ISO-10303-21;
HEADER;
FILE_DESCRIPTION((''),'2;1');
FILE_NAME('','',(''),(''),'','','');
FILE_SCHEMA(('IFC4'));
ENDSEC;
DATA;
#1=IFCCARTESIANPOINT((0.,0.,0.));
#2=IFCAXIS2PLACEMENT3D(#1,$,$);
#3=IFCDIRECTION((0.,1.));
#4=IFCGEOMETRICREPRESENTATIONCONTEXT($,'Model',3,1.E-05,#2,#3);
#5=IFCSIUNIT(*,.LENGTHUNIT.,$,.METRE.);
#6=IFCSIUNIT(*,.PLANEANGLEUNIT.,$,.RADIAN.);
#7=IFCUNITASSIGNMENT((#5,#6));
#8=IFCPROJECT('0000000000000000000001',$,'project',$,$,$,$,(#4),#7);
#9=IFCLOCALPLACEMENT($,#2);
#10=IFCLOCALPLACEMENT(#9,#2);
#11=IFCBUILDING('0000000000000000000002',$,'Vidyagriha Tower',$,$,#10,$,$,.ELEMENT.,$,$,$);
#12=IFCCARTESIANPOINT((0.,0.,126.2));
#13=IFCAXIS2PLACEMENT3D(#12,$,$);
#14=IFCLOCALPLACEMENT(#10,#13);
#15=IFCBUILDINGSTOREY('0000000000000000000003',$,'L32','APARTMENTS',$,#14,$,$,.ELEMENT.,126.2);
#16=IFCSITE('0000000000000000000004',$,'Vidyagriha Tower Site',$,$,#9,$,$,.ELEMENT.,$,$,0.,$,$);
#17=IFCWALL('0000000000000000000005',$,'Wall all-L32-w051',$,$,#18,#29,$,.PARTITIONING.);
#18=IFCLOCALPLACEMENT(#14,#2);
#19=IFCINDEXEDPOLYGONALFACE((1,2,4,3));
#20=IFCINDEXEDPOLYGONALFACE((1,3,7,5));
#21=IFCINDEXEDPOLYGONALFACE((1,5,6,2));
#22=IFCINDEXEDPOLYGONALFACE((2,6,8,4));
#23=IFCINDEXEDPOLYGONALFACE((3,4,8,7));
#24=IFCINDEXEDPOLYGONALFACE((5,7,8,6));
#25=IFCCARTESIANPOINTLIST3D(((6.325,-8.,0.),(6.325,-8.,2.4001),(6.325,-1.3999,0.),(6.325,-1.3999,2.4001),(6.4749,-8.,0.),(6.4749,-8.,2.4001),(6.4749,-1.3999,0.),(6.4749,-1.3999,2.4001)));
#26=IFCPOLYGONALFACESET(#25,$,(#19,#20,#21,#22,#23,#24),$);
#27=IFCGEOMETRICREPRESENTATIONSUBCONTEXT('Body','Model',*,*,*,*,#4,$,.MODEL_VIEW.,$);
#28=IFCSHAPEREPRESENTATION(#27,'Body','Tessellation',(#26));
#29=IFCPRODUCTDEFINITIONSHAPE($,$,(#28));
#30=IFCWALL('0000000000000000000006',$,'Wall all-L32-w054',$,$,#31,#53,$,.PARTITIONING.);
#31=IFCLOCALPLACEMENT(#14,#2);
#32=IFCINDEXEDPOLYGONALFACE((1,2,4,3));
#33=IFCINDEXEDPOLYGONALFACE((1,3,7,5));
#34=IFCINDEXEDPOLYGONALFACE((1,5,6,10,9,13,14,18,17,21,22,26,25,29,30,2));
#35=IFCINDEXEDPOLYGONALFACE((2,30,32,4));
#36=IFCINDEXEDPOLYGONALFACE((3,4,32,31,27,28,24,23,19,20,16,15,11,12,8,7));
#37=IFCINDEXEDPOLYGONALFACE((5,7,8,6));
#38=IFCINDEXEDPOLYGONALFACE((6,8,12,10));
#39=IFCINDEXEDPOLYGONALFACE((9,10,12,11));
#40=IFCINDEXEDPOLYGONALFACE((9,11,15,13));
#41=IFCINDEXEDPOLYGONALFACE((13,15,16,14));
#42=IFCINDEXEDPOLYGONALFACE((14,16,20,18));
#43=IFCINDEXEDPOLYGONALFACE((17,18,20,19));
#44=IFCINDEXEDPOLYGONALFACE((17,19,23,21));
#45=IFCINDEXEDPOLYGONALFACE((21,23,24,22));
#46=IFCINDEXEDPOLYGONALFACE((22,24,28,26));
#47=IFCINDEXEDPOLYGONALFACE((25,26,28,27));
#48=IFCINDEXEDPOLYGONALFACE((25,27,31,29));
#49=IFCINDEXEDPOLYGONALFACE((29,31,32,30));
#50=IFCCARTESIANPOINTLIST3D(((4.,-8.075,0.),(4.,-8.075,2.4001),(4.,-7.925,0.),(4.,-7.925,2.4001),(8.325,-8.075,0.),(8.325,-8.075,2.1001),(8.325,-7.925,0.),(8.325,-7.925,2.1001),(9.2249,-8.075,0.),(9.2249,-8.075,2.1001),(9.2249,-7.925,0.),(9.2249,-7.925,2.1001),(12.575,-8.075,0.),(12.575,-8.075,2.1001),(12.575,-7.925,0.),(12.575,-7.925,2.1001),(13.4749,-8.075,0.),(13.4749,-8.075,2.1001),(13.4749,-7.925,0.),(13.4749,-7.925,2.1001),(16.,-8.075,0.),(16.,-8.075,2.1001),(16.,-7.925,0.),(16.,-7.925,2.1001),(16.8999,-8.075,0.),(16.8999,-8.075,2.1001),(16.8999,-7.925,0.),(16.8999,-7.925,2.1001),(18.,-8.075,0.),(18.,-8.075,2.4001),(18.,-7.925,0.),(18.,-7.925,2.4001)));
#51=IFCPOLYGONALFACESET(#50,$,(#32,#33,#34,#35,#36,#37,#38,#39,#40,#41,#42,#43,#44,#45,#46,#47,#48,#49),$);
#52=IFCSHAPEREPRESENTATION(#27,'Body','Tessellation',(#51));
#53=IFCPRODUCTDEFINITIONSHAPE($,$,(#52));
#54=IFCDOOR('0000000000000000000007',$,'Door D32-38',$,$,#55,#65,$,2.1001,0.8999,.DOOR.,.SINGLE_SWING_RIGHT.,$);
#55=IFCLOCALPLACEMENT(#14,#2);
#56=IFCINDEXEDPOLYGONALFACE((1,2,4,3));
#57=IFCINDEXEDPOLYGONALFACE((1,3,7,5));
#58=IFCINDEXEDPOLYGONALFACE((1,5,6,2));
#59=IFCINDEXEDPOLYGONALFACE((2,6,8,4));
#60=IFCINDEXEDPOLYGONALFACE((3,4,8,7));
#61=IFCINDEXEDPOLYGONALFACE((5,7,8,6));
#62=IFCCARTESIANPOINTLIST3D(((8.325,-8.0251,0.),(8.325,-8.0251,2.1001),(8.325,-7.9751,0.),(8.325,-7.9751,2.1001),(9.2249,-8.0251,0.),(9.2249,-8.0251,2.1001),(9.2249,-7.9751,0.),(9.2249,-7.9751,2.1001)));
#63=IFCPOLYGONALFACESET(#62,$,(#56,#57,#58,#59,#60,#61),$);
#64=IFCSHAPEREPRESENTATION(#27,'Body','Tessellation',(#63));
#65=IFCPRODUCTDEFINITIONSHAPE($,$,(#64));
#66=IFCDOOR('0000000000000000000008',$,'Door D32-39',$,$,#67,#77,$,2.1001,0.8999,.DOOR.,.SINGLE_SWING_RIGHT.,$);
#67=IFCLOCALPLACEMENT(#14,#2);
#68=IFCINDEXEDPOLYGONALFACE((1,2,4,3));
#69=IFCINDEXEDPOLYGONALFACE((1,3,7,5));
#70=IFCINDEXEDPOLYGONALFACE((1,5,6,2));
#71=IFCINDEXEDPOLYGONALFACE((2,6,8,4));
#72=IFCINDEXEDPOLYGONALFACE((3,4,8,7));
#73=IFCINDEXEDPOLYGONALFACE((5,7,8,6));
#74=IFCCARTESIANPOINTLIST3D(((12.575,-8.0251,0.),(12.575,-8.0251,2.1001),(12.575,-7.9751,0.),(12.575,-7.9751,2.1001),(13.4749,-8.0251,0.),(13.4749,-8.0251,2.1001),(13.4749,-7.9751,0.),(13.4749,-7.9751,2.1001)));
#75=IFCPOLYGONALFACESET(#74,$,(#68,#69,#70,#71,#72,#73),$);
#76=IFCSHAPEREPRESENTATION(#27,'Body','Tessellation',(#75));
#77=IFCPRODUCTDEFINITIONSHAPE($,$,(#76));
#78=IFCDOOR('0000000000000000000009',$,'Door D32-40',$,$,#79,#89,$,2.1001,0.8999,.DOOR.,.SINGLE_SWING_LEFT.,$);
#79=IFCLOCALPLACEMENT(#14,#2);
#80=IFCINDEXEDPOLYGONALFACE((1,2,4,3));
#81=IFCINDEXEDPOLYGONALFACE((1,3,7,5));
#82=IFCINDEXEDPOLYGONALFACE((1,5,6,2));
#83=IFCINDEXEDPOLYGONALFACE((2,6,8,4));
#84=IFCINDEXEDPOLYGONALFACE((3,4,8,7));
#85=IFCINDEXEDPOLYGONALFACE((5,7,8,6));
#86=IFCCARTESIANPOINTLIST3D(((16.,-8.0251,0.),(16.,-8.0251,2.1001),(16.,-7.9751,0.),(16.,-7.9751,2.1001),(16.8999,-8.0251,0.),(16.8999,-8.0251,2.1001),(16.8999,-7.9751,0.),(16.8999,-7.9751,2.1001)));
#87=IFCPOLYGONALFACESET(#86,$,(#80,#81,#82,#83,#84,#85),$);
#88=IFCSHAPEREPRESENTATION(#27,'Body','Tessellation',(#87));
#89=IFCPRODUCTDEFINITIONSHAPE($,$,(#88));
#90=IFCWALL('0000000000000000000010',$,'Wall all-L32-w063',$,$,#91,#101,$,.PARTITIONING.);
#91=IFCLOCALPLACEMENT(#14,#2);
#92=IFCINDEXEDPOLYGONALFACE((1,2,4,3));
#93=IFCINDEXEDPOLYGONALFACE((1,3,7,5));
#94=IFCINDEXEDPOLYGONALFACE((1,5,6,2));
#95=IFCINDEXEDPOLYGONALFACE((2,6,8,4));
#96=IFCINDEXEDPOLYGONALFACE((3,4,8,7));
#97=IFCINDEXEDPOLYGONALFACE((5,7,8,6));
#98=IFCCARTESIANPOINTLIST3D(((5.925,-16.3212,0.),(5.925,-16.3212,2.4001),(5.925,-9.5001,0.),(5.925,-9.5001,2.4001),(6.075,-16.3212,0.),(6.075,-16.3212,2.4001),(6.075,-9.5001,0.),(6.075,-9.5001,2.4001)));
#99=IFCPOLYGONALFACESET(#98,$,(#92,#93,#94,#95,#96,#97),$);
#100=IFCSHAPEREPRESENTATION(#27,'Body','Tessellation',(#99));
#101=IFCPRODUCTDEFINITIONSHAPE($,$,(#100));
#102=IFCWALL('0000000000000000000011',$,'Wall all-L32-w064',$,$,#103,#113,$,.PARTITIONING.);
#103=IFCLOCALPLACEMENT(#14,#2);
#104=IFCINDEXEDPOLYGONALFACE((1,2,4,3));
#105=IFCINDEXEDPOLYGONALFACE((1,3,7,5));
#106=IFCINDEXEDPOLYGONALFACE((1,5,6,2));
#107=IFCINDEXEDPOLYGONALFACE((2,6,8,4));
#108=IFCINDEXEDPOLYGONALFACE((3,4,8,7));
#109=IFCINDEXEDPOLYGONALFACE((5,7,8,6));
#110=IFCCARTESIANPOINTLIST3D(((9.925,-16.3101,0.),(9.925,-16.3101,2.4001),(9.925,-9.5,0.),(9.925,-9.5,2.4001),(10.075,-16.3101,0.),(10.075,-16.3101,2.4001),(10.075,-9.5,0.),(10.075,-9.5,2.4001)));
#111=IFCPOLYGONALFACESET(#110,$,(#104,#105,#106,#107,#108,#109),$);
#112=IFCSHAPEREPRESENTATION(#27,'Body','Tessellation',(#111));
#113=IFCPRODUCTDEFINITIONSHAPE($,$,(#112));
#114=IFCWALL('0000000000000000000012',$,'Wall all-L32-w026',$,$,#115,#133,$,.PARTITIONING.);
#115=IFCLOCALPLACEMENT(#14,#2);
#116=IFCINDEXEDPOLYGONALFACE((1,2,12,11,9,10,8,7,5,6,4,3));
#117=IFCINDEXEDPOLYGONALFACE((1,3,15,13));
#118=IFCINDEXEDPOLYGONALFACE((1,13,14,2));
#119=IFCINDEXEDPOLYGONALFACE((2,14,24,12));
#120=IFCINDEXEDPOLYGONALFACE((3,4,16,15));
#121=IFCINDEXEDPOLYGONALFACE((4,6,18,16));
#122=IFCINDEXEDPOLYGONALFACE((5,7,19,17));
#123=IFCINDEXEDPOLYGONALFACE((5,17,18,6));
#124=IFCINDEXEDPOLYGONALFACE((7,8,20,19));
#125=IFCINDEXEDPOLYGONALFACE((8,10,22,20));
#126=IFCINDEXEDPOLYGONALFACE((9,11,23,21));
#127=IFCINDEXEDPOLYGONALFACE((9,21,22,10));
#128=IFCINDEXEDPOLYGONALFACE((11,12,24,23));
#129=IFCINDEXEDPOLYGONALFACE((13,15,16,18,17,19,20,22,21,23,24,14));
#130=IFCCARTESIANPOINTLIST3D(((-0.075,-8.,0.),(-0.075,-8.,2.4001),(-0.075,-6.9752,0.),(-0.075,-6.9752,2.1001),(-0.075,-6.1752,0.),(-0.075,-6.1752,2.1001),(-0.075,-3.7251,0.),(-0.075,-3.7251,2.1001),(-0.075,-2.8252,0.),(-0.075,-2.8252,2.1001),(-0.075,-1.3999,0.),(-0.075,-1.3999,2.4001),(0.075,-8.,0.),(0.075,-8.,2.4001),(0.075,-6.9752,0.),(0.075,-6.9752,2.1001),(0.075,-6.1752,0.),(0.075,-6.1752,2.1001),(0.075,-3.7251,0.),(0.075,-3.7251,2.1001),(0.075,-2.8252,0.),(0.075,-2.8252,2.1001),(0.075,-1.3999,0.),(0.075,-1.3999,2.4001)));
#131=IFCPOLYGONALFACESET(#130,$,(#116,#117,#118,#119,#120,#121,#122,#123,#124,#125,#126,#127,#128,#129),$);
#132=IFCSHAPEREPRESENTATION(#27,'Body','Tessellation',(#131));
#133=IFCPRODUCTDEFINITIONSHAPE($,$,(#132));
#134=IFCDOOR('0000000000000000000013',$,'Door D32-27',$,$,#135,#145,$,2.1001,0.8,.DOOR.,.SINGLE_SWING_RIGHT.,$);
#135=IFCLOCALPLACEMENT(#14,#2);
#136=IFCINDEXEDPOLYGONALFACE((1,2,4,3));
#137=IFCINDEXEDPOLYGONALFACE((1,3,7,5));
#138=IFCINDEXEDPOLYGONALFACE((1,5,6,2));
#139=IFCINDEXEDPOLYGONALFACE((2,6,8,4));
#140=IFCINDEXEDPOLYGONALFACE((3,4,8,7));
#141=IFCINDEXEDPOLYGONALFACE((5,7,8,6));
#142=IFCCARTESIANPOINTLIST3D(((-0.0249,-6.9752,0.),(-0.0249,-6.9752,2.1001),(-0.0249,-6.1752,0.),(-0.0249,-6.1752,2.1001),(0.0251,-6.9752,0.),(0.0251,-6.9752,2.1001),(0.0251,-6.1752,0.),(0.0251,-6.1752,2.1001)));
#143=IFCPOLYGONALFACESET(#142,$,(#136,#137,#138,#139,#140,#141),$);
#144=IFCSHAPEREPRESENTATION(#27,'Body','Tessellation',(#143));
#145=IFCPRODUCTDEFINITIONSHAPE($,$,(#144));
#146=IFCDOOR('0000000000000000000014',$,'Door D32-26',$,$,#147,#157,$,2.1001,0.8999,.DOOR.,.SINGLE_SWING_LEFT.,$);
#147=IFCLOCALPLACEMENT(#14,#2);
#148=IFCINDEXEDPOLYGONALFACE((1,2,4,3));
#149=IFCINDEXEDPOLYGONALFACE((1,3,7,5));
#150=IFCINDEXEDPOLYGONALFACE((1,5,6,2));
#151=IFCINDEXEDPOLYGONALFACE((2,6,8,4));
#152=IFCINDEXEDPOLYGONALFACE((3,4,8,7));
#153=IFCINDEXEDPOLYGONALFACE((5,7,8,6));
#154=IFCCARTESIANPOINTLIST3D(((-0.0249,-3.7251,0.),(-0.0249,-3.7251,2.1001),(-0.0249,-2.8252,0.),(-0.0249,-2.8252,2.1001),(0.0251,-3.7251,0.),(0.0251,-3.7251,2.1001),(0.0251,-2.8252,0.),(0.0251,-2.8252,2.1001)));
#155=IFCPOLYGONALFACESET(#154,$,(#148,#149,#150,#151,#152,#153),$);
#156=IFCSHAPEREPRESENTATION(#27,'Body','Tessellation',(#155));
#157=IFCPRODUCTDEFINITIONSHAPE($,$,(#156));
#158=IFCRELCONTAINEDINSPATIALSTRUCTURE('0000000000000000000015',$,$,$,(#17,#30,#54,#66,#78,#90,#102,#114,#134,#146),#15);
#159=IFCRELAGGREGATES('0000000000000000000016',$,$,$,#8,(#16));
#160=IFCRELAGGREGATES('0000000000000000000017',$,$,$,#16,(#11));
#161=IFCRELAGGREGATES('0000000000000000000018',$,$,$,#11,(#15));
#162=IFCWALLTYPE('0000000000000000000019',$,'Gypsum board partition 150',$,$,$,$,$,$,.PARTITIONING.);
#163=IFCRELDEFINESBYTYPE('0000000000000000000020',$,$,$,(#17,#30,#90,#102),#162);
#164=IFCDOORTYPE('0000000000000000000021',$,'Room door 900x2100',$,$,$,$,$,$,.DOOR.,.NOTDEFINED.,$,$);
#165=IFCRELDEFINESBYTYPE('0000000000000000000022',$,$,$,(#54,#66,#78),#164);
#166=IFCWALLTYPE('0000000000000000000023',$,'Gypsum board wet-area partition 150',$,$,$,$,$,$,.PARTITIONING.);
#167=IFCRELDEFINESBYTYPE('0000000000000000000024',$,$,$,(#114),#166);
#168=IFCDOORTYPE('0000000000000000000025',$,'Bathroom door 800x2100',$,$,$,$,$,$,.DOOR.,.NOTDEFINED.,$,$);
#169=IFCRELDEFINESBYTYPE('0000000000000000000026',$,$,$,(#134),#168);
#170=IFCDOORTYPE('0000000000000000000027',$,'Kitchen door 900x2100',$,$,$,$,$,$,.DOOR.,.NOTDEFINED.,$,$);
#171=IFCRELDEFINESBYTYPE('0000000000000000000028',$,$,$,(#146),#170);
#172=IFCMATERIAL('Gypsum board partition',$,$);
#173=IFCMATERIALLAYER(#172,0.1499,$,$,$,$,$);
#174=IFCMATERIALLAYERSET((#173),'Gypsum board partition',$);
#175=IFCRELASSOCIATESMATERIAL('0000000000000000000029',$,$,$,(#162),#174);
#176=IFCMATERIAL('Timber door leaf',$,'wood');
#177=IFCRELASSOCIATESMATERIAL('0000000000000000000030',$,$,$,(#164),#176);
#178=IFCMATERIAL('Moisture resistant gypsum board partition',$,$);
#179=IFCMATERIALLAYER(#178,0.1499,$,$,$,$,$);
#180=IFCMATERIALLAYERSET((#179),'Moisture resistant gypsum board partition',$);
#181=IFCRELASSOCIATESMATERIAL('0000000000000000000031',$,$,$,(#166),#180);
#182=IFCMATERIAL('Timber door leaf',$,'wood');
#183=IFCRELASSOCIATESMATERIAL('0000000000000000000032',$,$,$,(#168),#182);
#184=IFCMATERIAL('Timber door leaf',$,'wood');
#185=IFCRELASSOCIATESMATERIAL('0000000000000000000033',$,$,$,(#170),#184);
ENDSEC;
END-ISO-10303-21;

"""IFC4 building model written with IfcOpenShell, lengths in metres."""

from ifc_helpers import new_model, si_unit, direction, frame, frame_2d, origin, place, context, subcontext, project, spatial, rectangle, extrude, material, layer, layer_set, type_object, element, fill, save


model = new_model("IFC4")

# Units and contexts
model_context = context("Model", 3, precision=1e-05, world=origin(), true_north=direction((0.0, 1.0)))
body_context = subcontext(model_context, "Body", "Model", "MODEL_VIEW")
ifc_project = project(units=[si_unit("LENGTHUNIT", "METRE"), si_unit("PLANEANGLEUNIT", "RADIAN")], contexts=[model_context])

# Site, building, storey
site_placement = place(None, origin())
site = spatial("IfcSite", under=ifc_project, at=site_placement, Name="Vidyagriha Tower Site", CompositionType="ELEMENT", RefElevation=0.0)
building_placement = place(site_placement, origin())
building = spatial("IfcBuilding", under=site, at=building_placement, Name="Vidyagriha Tower", CompositionType="ELEMENT")
storey_placement = place(building_placement, frame((0.0, 0.0, 126.2)))
storey = spatial("IfcBuildingStorey", under=building, at=storey_placement, Name="L32", Description="APARTMENTS", CompositionType="ELEMENT", Elevation=126.2)

# Shared definitions
ifc_material_1 = material(Name="Gypsum board partition")
ifc_layer_1 = layer(ifc_material_1, 0.1499)
ifc_layer_set_1 = layer_set([ifc_layer_1], Name="Gypsum board partition")
wall_type_1 = type_object("IfcWallType", Name="Gypsum board partition 150", PredefinedType="PARTITIONING", material=ifc_layer_set_1)

# Shared definitions
ifc_material_2 = material(Name="Timber door leaf", Category="wood")
door_type_1 = type_object("IfcDoorType", Name="Room door 900x2100", OperationType="NOTDEFINED", PredefinedType="DOOR", material=ifc_material_2)

# Wall
wall_1_placement = place(storey_placement, frame((6.3999, -1.3999, 0.0), z_axis=(0.0, 0.0, 1.0), x_axis=(0.0, -1.0, 0.0)))
element("IfcWall", 1, at=wall_1_placement, inside=storey, type_object=wall_type_1, Name="Wall all-L32-w051", PredefinedType="PARTITIONING", context=body_context, shape_type="SweptSolid", body=[
    extrude(rectangle(XDim=6.6001, YDim=0.1499, at=frame_2d((3.3, 0.0))), origin(), (0.0, 0.0, 1.0), 2.4001),
])

# Wall, openings, doors
wall_2_placement = place(storey_placement, frame((4.0, -8.0, 0.0)))
wall_2 = element("IfcWall", 2, at=wall_2_placement, inside=storey, type_object=wall_type_1, Name="Wall all-L32-w054", PredefinedType="PARTITIONING", context=body_context, shape_type="SweptSolid", body=[
    extrude(rectangle(XDim=14.0, YDim=0.1499, at=frame_2d((7.0, 0.0))), origin(), (0.0, 0.0, 1.0), 2.4001),
])
opening_1_placement = place(wall_2_placement, frame((4.325, 0.0, 0.0)))
opening_1 = element("IfcOpeningElement", 3, at=opening_1_placement, cuts=wall_2, PredefinedType="OPENING", context=body_context, shape_type="SweptSolid", body=[
    extrude(rectangle(XDim=0.8999, YDim=2.1001, at=frame_2d((0.45, 1.05))), frame((0.0, 0.085, 0.0), z_axis=(0.0, -1.0, 0.0), x_axis=(1.0, 0.0, 0.0)), (0.0, 0.0, 1.0), 0.1699),
])
opening_2_placement = place(wall_2_placement, frame((8.575, 0.0, 0.0)))
opening_2 = element("IfcOpeningElement", 4, at=opening_2_placement, cuts=wall_2, PredefinedType="OPENING", context=body_context, shape_type="SweptSolid", body=[
    extrude(rectangle(XDim=0.8999, YDim=2.1001, at=frame_2d((0.45, 1.05))), frame((0.0, 0.085, 0.0), z_axis=(0.0, -1.0, 0.0), x_axis=(1.0, 0.0, 0.0)), (0.0, 0.0, 1.0), 0.1699),
])
opening_3_placement = place(wall_2_placement, frame((12.0, 0.0, 0.0)))
opening_3 = element("IfcOpeningElement", 5, at=opening_3_placement, cuts=wall_2, PredefinedType="OPENING", context=body_context, shape_type="SweptSolid", body=[
    extrude(rectangle(XDim=0.8999, YDim=2.1001, at=frame_2d((0.45, 1.05))), frame((0.0, 0.085, 0.0), z_axis=(0.0, -1.0, 0.0), x_axis=(1.0, 0.0, 0.0)), (0.0, 0.0, 1.0), 0.1699),
])
door_1_placement = place(opening_1_placement, origin())
door_1 = element("IfcDoor", 6, at=door_1_placement, inside=storey, type_object=door_type_1, Name="Door D32-38", OperationType="SINGLE_SWING_RIGHT", OverallHeight=2.1001, OverallWidth=0.8999, PredefinedType="DOOR", context=body_context, shape_type="SweptSolid", body=[
    extrude(rectangle(XDim=0.8999, YDim=2.1001, at=frame_2d((0.45, 1.05))), frame((0.0, 0.0249, 0.0), z_axis=(0.0, -1.0, 0.0), x_axis=(1.0, 0.0, 0.0)), (0.0, 0.0, 1.0), 0.05),
])
fill(opening_1, door_1)
door_2_placement = place(opening_2_placement, origin())
door_2 = element("IfcDoor", 7, at=door_2_placement, inside=storey, type_object=door_type_1, Name="Door D32-39", OperationType="SINGLE_SWING_RIGHT", OverallHeight=2.1001, OverallWidth=0.8999, PredefinedType="DOOR", context=body_context, shape_type="SweptSolid", body=[
    extrude(rectangle(XDim=0.8999, YDim=2.1001, at=frame_2d((0.45, 1.05))), frame((0.0, 0.0249, 0.0), z_axis=(0.0, -1.0, 0.0), x_axis=(1.0, 0.0, 0.0)), (0.0, 0.0, 1.0), 0.05),
])
fill(opening_2, door_2)
door_3_placement = place(opening_3_placement, origin())
door_3 = element("IfcDoor", 8, at=door_3_placement, inside=storey, type_object=door_type_1, Name="Door D32-40", OperationType="SINGLE_SWING_LEFT", OverallHeight=2.1001, OverallWidth=0.8999, PredefinedType="DOOR", context=body_context, shape_type="SweptSolid", body=[
    extrude(rectangle(XDim=0.8999, YDim=2.1001, at=frame_2d((0.45, 1.05))), frame((0.0, 0.0249, 0.0), z_axis=(0.0, -1.0, 0.0), x_axis=(1.0, 0.0, 0.0)), (0.0, 0.0, 1.0), 0.05),
])
fill(opening_3, door_3)

# Walls
wall_3_placement = place(storey_placement, frame((6.0, -9.5, 0.0), z_axis=(0.0, 0.0, 1.0), x_axis=(0.0, -1.0, 0.0)))
element("IfcWall", 9, at=wall_3_placement, inside=storey, type_object=wall_type_1, Name="Wall all-L32-w063", PredefinedType="PARTITIONING", context=body_context, shape_type="SweptSolid", body=[
    extrude(rectangle(XDim=6.821, YDim=0.1499, at=frame_2d((3.4106, 0.0))), origin(), (0.0, 0.0, 1.0), 2.4001),
])
wall_4_placement = place(storey_placement, frame((10.0, -9.5, 0.0), z_axis=(0.0, 0.0, 1.0), x_axis=(0.0, -1.0, 0.0)))
element("IfcWall", 10, at=wall_4_placement, inside=storey, type_object=wall_type_1, Name="Wall all-L32-w064", PredefinedType="PARTITIONING", context=body_context, shape_type="SweptSolid", body=[
    extrude(rectangle(XDim=6.8101, YDim=0.1499, at=frame_2d((3.405, 0.0))), origin(), (0.0, 0.0, 1.0), 2.4001),
])

# Wall, openings, doors
ifc_material_3 = material(Name="Moisture resistant gypsum board partition")
ifc_layer_2 = layer(ifc_material_3, 0.1499)
ifc_layer_set_2 = layer_set([ifc_layer_2], Name="Moisture resistant gypsum board partition")
wall_type_2 = type_object("IfcWallType", Name="Gypsum board wet-area partition 150", PredefinedType="PARTITIONING", material=ifc_layer_set_2)
wall_5_placement = place(storey_placement, frame((0.0, -8.0, 0.0), z_axis=(0.0, 0.0, 1.0), x_axis=(0.0, 1.0, 0.0)))
wall_5 = element("IfcWall", 11, at=wall_5_placement, inside=storey, type_object=wall_type_2, Name="Wall all-L32-w026", PredefinedType="PARTITIONING", context=body_context, shape_type="SweptSolid", body=[
    extrude(rectangle(XDim=6.6001, YDim=0.1499, at=frame_2d((3.3, 0.0))), origin(), (0.0, 0.0, 1.0), 2.4001),
])
opening_4_placement = place(wall_5_placement, frame((4.2749, 0.0, 0.0)))
opening_4 = element("IfcOpeningElement", 12, at=opening_4_placement, cuts=wall_5, PredefinedType="OPENING", context=body_context, shape_type="SweptSolid", body=[
    extrude(rectangle(XDim=0.8999, YDim=2.1001, at=frame_2d((0.45, 1.05))), frame((0.0, 0.085, 0.0), z_axis=(0.0, -1.0, 0.0), x_axis=(1.0, 0.0, 0.0)), (0.0, 0.0, 1.0), 0.1699),
])
opening_5_placement = place(wall_5_placement, frame((1.0249, 0.0, 0.0)))
opening_5 = element("IfcOpeningElement", 13, at=opening_5_placement, cuts=wall_5, PredefinedType="OPENING", context=body_context, shape_type="SweptSolid", body=[
    extrude(rectangle(XDim=0.8, YDim=2.1001, at=frame_2d((0.3999, 1.05))), frame((0.0, 0.085, 0.0), z_axis=(0.0, -1.0, 0.0), x_axis=(1.0, 0.0, 0.0)), (0.0, 0.0, 1.0), 0.1699),
])
ifc_material_4 = material(Name="Timber door leaf", Category="wood")
door_type_2 = type_object("IfcDoorType", Name="Bathroom door 800x2100", OperationType="NOTDEFINED", PredefinedType="DOOR", material=ifc_material_4)
door_4_placement = place(opening_5_placement, origin())
door_4 = element("IfcDoor", 14, at=door_4_placement, inside=storey, type_object=door_type_2, Name="Door D32-27", OperationType="SINGLE_SWING_RIGHT", OverallHeight=2.1001, OverallWidth=0.8, PredefinedType="DOOR", context=body_context, shape_type="SweptSolid", body=[
    extrude(rectangle(XDim=0.8, YDim=2.1001, at=frame_2d((0.3999, 1.05))), frame((0.0, 0.0249, 0.0), z_axis=(0.0, -1.0, 0.0), x_axis=(1.0, 0.0, 0.0)), (0.0, 0.0, 1.0), 0.05),
])
fill(opening_5, door_4)
ifc_material_5 = material(Name="Timber door leaf", Category="wood")
door_type_3 = type_object("IfcDoorType", Name="Kitchen door 900x2100", OperationType="NOTDEFINED", PredefinedType="DOOR", material=ifc_material_5)
door_5_placement = place(opening_4_placement, origin())
door_5 = element("IfcDoor", 15, at=door_5_placement, inside=storey, type_object=door_type_3, Name="Door D32-26", OperationType="SINGLE_SWING_LEFT", OverallHeight=2.1001, OverallWidth=0.8999, PredefinedType="DOOR", context=body_context, shape_type="SweptSolid", body=[
    extrude(rectangle(XDim=0.8999, YDim=2.1001, at=frame_2d((0.45, 1.05))), frame((0.0, 0.0249, 0.0), z_axis=(0.0, -1.0, 0.0), x_axis=(1.0, 0.0, 0.0)), (0.0, 0.0, 1.0), 0.05),
])
fill(opening_4, door_5)

save(model, "model.ifc")
